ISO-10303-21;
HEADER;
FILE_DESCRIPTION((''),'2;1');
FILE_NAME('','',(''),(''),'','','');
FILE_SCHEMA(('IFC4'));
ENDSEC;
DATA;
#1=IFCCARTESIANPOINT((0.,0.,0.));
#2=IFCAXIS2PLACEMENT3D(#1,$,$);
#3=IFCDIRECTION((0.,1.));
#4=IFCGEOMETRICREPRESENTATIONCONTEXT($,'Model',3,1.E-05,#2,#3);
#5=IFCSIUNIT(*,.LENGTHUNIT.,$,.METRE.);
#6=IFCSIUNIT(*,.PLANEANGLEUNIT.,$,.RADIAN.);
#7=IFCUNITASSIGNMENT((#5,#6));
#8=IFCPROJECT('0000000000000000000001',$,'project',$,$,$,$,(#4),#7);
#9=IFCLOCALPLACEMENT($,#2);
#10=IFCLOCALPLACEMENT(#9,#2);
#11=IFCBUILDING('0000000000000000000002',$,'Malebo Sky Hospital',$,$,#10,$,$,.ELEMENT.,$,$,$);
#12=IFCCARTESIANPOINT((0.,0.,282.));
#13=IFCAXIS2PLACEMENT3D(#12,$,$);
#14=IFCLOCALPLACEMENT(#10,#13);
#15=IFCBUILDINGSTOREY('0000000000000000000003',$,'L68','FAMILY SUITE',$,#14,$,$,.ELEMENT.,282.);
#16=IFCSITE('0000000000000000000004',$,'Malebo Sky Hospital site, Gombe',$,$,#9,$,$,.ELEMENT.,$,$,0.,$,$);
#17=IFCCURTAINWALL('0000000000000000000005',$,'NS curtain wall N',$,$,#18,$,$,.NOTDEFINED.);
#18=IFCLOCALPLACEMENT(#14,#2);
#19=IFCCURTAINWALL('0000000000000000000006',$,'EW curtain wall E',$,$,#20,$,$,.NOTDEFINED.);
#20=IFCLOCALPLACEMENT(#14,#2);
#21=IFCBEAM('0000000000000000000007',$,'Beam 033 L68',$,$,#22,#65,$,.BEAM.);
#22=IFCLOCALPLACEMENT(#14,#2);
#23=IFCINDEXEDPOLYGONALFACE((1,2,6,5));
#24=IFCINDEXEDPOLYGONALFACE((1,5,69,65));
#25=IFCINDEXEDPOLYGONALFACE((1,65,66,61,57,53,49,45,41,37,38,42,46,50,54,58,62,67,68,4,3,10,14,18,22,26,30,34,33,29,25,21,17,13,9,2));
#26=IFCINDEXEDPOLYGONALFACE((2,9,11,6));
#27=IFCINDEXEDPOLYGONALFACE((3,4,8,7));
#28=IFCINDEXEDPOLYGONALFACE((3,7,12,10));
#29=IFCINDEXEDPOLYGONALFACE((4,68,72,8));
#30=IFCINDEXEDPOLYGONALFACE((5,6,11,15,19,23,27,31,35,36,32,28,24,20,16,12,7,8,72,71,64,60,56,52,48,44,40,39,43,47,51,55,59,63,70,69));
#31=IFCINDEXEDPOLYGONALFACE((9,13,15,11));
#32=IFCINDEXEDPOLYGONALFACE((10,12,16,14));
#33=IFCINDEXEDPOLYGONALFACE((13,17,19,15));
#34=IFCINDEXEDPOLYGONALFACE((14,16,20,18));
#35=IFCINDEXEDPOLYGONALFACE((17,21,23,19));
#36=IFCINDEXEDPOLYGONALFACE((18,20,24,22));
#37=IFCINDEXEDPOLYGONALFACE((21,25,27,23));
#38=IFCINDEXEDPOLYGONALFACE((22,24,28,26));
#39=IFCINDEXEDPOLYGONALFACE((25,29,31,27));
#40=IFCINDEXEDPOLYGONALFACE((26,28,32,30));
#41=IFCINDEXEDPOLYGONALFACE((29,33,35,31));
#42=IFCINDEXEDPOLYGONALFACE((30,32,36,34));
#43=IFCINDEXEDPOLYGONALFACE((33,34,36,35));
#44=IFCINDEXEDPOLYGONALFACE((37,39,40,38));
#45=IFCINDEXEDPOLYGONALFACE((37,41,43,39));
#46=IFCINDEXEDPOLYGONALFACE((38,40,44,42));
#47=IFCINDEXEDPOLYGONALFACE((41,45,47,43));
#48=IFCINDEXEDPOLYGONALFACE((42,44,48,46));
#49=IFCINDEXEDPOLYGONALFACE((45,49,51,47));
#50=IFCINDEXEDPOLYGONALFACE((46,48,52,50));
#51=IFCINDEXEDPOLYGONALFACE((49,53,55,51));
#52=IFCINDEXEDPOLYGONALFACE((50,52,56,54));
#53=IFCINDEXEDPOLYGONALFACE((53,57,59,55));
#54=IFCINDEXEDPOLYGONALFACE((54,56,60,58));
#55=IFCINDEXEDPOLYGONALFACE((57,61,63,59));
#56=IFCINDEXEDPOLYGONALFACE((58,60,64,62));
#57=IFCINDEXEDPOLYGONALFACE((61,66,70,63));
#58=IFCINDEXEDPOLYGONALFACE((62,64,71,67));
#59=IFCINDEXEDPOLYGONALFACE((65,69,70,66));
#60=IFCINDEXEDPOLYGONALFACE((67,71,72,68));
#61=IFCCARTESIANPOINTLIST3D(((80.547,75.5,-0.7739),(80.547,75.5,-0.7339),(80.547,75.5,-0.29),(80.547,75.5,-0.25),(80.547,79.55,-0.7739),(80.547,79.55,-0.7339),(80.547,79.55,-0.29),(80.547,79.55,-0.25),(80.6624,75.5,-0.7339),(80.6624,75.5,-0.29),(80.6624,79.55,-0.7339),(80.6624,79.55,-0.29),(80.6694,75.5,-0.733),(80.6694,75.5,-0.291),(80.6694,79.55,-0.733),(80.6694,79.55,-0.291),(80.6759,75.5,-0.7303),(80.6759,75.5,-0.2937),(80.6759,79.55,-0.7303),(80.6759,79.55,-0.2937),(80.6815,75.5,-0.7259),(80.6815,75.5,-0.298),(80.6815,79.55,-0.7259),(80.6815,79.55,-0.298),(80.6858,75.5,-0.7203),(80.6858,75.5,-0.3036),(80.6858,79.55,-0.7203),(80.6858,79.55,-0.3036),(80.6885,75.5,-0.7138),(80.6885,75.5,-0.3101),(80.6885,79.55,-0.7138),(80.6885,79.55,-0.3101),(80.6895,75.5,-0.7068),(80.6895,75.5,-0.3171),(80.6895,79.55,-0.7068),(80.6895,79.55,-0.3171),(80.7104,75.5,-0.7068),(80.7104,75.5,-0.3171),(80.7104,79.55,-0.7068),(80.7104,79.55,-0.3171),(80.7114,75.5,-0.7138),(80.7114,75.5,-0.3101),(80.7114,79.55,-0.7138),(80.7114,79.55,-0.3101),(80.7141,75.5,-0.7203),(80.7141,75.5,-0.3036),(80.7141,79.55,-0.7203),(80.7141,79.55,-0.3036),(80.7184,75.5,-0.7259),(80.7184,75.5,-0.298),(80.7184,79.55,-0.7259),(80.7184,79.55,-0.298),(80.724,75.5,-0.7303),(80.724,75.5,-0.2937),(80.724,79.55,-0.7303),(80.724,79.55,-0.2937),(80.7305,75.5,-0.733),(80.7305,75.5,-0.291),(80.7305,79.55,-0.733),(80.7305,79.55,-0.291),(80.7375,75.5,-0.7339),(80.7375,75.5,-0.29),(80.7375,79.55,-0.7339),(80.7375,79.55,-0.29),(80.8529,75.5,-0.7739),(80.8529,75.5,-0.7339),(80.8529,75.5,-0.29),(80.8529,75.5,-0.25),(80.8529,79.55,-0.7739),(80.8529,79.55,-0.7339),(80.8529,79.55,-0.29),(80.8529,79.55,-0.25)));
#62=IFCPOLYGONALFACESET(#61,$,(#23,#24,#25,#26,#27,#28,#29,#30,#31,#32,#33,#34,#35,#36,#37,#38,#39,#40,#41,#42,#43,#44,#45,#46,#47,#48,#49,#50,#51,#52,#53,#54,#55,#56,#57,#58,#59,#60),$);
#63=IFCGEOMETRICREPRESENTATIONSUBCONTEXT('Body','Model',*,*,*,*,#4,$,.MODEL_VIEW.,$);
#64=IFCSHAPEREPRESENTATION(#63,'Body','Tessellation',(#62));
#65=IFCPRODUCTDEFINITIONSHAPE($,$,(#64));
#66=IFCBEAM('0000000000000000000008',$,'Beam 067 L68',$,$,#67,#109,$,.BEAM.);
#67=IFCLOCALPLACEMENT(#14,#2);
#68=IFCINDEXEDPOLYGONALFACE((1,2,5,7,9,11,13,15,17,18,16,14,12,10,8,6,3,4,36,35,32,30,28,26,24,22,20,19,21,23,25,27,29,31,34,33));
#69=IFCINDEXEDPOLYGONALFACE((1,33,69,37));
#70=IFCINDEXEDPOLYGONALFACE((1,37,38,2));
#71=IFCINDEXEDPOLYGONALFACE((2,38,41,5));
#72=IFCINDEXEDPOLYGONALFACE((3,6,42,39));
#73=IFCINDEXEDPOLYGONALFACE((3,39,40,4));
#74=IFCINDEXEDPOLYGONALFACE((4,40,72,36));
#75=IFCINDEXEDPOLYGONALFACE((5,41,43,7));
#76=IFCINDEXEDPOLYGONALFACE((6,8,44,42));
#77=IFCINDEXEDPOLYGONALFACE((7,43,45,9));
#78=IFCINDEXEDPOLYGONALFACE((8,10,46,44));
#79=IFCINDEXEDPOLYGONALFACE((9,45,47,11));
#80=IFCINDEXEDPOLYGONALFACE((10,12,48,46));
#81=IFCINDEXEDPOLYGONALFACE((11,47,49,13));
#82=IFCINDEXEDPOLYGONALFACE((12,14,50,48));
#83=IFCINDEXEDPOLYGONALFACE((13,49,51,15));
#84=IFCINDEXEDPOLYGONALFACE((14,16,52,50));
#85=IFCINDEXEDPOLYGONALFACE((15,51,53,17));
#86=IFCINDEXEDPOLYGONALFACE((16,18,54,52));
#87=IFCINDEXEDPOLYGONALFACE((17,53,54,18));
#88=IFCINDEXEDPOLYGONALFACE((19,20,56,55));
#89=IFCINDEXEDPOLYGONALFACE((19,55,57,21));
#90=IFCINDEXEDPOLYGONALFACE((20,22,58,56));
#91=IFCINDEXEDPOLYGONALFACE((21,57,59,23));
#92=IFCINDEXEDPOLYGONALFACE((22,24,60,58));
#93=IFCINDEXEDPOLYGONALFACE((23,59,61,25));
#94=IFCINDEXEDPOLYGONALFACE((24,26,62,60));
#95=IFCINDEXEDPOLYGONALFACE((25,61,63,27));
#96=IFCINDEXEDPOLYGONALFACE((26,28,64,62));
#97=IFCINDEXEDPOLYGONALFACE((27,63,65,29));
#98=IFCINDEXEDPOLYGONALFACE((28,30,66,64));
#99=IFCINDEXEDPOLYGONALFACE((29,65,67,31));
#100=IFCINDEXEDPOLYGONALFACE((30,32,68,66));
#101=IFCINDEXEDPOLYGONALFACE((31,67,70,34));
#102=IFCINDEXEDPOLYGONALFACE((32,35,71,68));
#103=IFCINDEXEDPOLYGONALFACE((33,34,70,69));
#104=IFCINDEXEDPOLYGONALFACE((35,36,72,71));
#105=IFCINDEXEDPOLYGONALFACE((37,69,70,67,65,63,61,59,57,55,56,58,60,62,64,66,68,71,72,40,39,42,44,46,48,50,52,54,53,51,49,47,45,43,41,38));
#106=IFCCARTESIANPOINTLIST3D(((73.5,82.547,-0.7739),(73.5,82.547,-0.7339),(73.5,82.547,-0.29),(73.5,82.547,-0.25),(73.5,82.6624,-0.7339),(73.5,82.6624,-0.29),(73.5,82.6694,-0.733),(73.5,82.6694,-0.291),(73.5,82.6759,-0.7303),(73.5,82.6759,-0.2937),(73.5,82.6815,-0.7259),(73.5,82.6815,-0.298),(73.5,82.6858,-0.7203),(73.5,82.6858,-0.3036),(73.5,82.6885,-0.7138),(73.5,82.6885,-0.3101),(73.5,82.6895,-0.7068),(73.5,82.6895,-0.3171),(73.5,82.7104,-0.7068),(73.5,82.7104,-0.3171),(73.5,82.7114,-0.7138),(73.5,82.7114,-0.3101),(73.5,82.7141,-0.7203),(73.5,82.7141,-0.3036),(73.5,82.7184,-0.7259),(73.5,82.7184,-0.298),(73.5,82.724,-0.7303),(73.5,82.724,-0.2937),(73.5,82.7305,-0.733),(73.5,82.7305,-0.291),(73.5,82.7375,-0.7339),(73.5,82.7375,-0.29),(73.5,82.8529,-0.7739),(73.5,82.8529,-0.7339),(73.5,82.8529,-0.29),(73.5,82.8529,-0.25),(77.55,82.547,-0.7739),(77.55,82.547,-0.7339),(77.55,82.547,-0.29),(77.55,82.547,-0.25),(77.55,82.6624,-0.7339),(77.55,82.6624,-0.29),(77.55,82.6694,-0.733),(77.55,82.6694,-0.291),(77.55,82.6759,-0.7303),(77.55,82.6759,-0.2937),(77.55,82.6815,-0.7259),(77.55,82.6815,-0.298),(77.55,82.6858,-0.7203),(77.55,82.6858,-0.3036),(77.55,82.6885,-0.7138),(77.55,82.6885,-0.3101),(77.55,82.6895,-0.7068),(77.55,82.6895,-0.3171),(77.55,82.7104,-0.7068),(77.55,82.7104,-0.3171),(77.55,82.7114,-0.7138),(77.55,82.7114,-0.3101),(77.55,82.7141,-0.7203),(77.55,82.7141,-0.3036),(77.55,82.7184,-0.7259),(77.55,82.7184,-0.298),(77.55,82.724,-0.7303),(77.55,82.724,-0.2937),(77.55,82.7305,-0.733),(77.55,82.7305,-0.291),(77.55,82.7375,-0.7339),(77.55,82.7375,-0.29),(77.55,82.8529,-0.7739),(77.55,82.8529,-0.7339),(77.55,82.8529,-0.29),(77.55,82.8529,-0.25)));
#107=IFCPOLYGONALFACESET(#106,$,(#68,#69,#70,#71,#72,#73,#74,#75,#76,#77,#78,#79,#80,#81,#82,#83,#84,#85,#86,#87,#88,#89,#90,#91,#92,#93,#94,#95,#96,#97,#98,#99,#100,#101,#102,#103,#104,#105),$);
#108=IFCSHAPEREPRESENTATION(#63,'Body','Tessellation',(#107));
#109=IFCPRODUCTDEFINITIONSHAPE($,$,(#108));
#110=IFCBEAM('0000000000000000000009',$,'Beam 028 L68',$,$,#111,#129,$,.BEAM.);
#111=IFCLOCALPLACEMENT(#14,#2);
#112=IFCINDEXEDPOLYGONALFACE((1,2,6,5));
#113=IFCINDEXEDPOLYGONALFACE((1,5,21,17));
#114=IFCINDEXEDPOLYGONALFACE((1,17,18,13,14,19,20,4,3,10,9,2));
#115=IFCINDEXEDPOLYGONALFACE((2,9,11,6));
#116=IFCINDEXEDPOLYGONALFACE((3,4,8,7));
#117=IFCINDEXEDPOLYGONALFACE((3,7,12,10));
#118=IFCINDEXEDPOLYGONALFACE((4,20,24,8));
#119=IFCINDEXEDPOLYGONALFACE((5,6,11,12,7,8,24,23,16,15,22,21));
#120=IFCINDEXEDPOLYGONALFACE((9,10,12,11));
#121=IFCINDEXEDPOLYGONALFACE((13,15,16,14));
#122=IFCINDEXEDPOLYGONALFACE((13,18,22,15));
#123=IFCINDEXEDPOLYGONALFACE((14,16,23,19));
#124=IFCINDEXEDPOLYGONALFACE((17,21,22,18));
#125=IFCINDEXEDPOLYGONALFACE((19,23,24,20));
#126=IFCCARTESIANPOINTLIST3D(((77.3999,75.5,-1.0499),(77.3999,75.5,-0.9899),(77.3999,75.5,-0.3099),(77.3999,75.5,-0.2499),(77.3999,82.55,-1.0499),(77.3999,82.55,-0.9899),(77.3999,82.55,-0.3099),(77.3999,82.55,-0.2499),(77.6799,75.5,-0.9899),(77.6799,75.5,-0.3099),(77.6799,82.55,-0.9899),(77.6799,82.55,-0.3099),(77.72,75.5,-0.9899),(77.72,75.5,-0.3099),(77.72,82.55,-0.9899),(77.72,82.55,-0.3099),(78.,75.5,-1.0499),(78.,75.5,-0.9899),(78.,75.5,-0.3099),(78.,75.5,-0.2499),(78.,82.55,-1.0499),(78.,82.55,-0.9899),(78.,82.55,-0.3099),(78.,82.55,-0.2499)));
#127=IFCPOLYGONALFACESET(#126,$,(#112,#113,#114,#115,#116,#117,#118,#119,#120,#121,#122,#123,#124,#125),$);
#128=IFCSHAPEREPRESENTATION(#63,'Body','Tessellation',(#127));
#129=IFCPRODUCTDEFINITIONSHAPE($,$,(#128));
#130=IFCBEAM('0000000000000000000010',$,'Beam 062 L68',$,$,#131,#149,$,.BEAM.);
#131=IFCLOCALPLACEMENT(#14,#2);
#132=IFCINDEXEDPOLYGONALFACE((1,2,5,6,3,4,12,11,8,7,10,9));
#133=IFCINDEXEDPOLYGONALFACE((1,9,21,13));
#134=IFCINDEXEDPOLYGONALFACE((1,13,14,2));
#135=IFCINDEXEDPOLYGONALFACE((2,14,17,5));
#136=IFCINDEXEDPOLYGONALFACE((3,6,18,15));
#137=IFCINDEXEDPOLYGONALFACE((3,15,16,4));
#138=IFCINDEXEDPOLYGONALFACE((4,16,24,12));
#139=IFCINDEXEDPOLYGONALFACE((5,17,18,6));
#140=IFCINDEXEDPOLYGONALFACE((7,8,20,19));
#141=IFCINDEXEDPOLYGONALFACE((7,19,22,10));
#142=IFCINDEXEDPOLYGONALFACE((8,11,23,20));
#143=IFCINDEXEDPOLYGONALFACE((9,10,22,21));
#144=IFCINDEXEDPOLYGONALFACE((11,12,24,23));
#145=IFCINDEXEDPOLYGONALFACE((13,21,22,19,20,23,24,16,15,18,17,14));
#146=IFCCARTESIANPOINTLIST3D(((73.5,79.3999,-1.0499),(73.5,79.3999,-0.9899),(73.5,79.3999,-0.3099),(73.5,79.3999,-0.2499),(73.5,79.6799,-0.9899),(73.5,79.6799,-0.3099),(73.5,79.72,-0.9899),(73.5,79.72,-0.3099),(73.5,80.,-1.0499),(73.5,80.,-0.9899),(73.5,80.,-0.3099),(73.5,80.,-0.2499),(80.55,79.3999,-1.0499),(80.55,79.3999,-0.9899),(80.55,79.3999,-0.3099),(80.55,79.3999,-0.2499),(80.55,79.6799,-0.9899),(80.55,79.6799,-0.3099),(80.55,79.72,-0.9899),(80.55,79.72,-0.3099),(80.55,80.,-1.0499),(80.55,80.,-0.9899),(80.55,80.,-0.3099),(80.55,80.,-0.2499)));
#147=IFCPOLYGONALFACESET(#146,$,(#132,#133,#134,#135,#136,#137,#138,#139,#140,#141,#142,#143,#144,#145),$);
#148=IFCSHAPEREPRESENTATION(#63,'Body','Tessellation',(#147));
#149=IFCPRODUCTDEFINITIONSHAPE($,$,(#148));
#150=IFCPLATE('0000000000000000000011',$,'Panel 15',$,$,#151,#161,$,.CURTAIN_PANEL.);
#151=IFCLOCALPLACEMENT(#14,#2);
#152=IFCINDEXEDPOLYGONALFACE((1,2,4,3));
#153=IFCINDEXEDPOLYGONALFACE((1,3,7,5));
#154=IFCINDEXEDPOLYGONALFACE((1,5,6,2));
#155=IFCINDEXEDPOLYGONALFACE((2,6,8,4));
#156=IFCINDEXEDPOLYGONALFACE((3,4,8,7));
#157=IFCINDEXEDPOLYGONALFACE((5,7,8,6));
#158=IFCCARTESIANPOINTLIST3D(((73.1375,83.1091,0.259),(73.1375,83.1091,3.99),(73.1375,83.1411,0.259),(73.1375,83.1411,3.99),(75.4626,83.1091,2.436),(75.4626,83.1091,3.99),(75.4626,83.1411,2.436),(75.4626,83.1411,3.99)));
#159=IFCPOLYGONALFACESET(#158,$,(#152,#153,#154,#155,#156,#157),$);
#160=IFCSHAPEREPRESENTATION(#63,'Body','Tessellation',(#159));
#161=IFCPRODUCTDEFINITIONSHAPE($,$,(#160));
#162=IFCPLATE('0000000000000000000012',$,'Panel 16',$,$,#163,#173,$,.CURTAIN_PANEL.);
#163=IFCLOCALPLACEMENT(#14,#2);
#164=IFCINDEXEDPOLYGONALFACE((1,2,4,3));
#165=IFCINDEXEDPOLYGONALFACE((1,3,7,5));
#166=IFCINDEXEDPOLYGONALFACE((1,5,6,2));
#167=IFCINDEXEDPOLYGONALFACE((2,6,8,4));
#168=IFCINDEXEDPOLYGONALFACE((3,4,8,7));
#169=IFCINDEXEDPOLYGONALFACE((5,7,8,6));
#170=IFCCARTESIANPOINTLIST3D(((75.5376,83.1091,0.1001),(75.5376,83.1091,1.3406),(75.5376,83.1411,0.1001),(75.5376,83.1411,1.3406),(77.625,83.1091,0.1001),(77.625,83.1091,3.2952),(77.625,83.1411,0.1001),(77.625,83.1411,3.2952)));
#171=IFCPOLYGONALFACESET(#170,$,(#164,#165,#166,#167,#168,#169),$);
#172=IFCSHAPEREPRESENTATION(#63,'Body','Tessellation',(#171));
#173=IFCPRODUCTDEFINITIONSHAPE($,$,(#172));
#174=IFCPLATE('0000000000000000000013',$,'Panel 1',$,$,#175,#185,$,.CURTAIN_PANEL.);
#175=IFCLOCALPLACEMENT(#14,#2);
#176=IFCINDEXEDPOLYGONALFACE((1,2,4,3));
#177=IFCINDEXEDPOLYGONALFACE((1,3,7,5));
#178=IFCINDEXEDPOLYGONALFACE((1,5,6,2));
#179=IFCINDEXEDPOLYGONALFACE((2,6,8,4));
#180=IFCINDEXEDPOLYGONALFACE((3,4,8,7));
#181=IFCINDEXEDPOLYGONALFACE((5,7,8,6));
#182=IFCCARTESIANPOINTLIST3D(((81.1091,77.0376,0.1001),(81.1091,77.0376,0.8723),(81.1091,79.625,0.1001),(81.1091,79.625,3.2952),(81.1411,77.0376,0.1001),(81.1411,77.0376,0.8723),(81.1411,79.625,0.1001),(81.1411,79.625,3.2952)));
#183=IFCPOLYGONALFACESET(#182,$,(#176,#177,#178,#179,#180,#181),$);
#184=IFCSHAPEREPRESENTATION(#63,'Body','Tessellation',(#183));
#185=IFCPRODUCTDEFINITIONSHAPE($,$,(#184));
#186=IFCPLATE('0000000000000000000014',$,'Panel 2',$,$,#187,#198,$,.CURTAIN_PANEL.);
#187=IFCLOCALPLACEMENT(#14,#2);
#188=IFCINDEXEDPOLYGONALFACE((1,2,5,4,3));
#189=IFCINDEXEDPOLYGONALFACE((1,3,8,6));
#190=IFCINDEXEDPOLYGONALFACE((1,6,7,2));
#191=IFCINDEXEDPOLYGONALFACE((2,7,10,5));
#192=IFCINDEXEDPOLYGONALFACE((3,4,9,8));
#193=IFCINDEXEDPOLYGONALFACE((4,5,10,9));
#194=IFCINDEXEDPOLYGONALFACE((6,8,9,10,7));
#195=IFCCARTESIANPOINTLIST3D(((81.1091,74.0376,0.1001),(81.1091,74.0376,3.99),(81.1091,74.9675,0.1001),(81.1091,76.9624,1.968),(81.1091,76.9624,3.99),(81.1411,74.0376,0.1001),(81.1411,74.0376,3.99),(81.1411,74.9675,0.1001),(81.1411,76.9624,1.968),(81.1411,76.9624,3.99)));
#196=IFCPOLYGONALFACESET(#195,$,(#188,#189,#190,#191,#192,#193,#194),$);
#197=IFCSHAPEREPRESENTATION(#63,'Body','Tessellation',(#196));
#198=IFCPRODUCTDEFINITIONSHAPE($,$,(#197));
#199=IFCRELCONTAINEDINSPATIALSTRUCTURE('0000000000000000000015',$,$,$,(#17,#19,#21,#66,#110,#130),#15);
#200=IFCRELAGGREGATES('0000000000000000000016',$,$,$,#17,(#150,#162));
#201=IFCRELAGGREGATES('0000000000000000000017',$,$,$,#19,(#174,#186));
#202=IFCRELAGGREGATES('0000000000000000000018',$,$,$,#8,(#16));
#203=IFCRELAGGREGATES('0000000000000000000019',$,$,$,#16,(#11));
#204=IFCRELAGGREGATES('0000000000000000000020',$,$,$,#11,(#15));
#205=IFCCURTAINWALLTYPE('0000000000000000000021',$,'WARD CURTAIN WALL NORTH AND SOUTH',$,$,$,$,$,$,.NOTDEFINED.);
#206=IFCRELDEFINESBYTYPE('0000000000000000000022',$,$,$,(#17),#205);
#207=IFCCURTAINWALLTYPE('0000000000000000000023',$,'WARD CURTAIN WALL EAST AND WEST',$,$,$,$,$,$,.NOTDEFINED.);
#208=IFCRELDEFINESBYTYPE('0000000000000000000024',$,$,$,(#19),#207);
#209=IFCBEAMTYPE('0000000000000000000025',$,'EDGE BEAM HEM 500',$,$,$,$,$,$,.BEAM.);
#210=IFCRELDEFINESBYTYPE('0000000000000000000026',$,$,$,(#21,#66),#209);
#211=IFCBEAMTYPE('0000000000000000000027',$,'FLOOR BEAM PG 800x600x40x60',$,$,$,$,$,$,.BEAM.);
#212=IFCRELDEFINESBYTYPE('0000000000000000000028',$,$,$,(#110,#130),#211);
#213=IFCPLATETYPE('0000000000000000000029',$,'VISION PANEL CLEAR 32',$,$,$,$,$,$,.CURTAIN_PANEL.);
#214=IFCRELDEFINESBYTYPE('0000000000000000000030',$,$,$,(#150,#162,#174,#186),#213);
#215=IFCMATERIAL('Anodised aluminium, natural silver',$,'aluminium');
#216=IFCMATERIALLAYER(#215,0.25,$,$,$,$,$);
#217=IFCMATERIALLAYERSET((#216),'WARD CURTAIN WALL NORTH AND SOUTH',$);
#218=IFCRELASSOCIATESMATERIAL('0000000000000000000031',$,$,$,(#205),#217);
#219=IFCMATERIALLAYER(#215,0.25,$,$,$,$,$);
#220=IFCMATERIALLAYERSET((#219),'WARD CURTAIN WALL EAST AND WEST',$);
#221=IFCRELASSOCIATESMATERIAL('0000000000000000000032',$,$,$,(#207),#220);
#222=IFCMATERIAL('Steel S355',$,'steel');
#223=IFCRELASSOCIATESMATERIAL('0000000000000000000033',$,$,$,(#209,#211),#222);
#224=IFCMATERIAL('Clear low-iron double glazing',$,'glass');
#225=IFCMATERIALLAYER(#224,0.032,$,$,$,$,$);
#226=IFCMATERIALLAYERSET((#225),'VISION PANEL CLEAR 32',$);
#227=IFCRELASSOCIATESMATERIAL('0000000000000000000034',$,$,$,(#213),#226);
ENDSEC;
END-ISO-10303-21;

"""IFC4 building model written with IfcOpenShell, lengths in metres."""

from ifc_helpers import new_model, si_unit, direction, frame, origin, origin_2d, place, context, subcontext, project, spatial, polyline, i_section, outline, extrude, material, layer, layer_set, material_profile, profile_set, type_object, element, aggregate, save


model = new_model("IFC4")

# Units and contexts
model_context = context("Model", 3, precision=1e-05, world=origin(), true_north=direction((0.0, 1.0)))
body_context = subcontext(model_context, "Body", "Model", "MODEL_VIEW")
ifc_project = project(units=[si_unit("LENGTHUNIT", "METRE"), si_unit("PLANEANGLEUNIT", "RADIAN")], contexts=[model_context])

# Site, building, storey
site_placement = place(None, origin())
site = spatial("IfcSite", under=ifc_project, at=site_placement, Name="Malebo Sky Hospital site, Gombe", CompositionType="ELEMENT", RefElevation=0.0)
building_placement = place(site_placement, origin())
building = spatial("IfcBuilding", under=site, at=building_placement, Name="Malebo Sky Hospital", CompositionType="ELEMENT")
storey_placement = place(building_placement, frame((0.0, 0.0, 282.0)))
storey = spatial("IfcBuildingStorey", under=building, at=storey_placement, Name="L68", Description="FAMILY SUITE", CompositionType="ELEMENT", Elevation=282.0)

# Curtain wall
ifc_material_1 = material(Name="Anodised aluminium, natural silver", Category="aluminium")
ifc_layer_1 = layer(ifc_material_1, 0.25)
ifc_layer_set_1 = layer_set([ifc_layer_1], Name="WARD CURTAIN WALL NORTH AND SOUTH")
curtain_wall_type_1 = type_object("IfcCurtainWallType", Name="WARD CURTAIN WALL NORTH AND SOUTH", PredefinedType="NOTDEFINED", material=ifc_layer_set_1)
curtain_wall_1_placement = place(storey_placement, origin())
curtain_wall_1 = element("IfcCurtainWall", 1, at=curtain_wall_1_placement, inside=storey, type_object=curtain_wall_type_1, Name="NS curtain wall N", PredefinedType="NOTDEFINED")

# Curtain wall
ifc_layer_2 = layer(ifc_material_1, 0.25)
ifc_layer_set_2 = layer_set([ifc_layer_2], Name="WARD CURTAIN WALL EAST AND WEST")
curtain_wall_type_2 = type_object("IfcCurtainWallType", Name="WARD CURTAIN WALL EAST AND WEST", PredefinedType="NOTDEFINED", material=ifc_layer_set_2)
curtain_wall_2_placement = place(storey_placement, origin())
curtain_wall_2 = element("IfcCurtainWall", 2, at=curtain_wall_2_placement, inside=storey, type_object=curtain_wall_type_2, Name="EW curtain wall E", PredefinedType="NOTDEFINED")

# Beams
ifc_material_2 = material(Name="Steel S355", Category="steel")
ifc_material_profile_1 = material_profile(ifc_material_2, i_section(OverallWidth=0.3059, OverallDepth=0.5239, WebThickness=0.021, FlangeThickness=0.04, FilletRadius=0.0271, at=origin_2d()), Name="HEM 500")
ifc_profile_set_1 = profile_set([ifc_material_profile_1], Name="Steel S355")
beam_type_1 = type_object("IfcBeamType", Name="EDGE BEAM HEM 500", PredefinedType="BEAM", material=ifc_profile_set_1)
for number, where, z_axis, x_axis, name in (
    (3, (80.7, 75.5, -0.512), (0.0, 1.0, 0.0), (-1.0, 0.0, 0.0), "Beam 033 L68"),
    (4, (73.5, 82.7, -0.512), (1.0, 0.0, 0.0), (0.0, 1.0, 0.0), "Beam 067 L68"),
):
    element("IfcBeam", number, at=place(storey_placement, frame(where, z_axis=z_axis, x_axis=x_axis)), inside=storey, type_object=beam_type_1, Name=name, PredefinedType="BEAM", context=body_context, shape_type="SweptSolid", body=[
        extrude(i_section(OverallWidth=0.3059, OverallDepth=0.5239, WebThickness=0.021, FlangeThickness=0.04, FilletRadius=0.0271, at=origin_2d()), origin(), (0.0, 0.0, 1.0), 4.05),
    ])
ifc_material_profile_2 = material_profile(ifc_material_2, i_section(OverallWidth=0.6001, OverallDepth=0.8, WebThickness=0.04, FlangeThickness=0.0601, at=origin_2d()), Name="PG 800x600x40x60")
ifc_profile_set_2 = profile_set([ifc_material_profile_2], Name="Steel S355")
beam_type_2 = type_object("IfcBeamType", Name="FLOOR BEAM PG 800x600x40x60", PredefinedType="BEAM", material=ifc_profile_set_2)
for number, where, z_axis, x_axis, name in (
    (5, (77.7, 75.5, -0.6499), (0.0, 1.0, 0.0), (-1.0, 0.0, 0.0), "Beam 028 L68"),
    (6, (73.5, 79.7, -0.6499), (1.0, 0.0, 0.0), (0.0, 1.0, 0.0), "Beam 062 L68"),
):
    element("IfcBeam", number, at=place(storey_placement, frame(where, z_axis=z_axis, x_axis=x_axis)), inside=storey, type_object=beam_type_2, Name=name, PredefinedType="BEAM", context=body_context, shape_type="SweptSolid", body=[
        extrude(i_section(OverallWidth=0.6001, OverallDepth=0.8, WebThickness=0.04, FlangeThickness=0.0601, at=origin_2d()), origin(), (0.0, 0.0, 1.0), 7.05),
    ])

# Plates
ifc_material_3 = material(Name="Clear low-iron double glazing", Category="glass")
ifc_layer_3 = layer(ifc_material_3, 0.032)
ifc_layer_set_3 = layer_set([ifc_layer_3], Name="VISION PANEL CLEAR 32")
plate_type = type_object("IfcPlateType", Name="VISION PANEL CLEAR 32", PredefinedType="CURTAIN_PANEL", material=ifc_layer_set_3)
plate_1_placement = place(storey_placement, frame((74.3, 83.125, 0.259), z_axis=(0.0, 0.0, 1.0), x_axis=(1.0, 0.0, 0.0)))
plate_1 = element("IfcPlate", 7, at=plate_1_placement, type_object=plate_type, Name="Panel 15", PredefinedType="CURTAIN_PANEL", context=body_context, shape_type="SweptSolid", body=[
    extrude(outline(polyline([(-1.1626, 0.0), (1.1626, 2.177), (1.1626, 3.731), (-1.1626, 3.731), (-1.1626, 0.0)])), frame((0.0, 0.0161, 0.0), z_axis=(0.0, -1.0, 0.0), x_axis=(1.0, 0.0, 0.0)), (0.0, 0.0, 1.0), 0.032),
])
plate_2_placement = place(storey_placement, frame((76.5813, 83.125, 0.1001), z_axis=(0.0, 0.0, 1.0), x_axis=(1.0, 0.0, 0.0)))
plate_2 = element("IfcPlate", 8, at=plate_2_placement, type_object=plate_type, Name="Panel 16", PredefinedType="CURTAIN_PANEL", context=body_context, shape_type="SweptSolid", body=[
    extrude(outline(polyline([(-1.0437, 0.0), (1.0437, 0.0), (1.0437, 3.1951), (-1.0437, 1.2405), (-1.0437, 0.0)])), frame((0.0, 0.0161, 0.0), z_axis=(0.0, -1.0, 0.0), x_axis=(1.0, 0.0, 0.0)), (0.0, 0.0, 1.0), 0.032),
])
aggregate(curtain_wall_1, [plate_1, plate_2])
plate_3_placement = place(storey_placement, frame((81.125, 78.3313, 0.1001), z_axis=(0.0, 0.0, 1.0), x_axis=(0.0, -1.0, 0.0)))
plate_3 = element("IfcPlate", 9, at=plate_3_placement, type_object=plate_type, Name="Panel 1", PredefinedType="CURTAIN_PANEL", context=body_context, shape_type="SweptSolid", body=[
    extrude(outline(polyline([(-1.2937, 0.0), (1.2937, 0.0), (1.2937, 0.7722), (-1.2937, 3.1951), (-1.2937, 0.0)])), frame((0.0, 0.0161, 0.0), z_axis=(0.0, -1.0, 0.0), x_axis=(1.0, 0.0, 0.0)), (0.0, 0.0, 1.0), 0.032),
])
plate_4_placement = place(storey_placement, frame((81.125, 75.5, 0.1001), z_axis=(0.0, 0.0, 1.0), x_axis=(0.0, -1.0, 0.0)))
plate_4 = element("IfcPlate", 10, at=plate_4_placement, type_object=plate_type, Name="Panel 2", PredefinedType="CURTAIN_PANEL", context=body_context, shape_type="SweptSolid", body=[
    extrude(outline(polyline([(0.5325, 0.0), (1.4624, 0.0), (1.4624, 3.8899), (-1.4624, 3.8899), (-1.4624, 1.8679), (0.5325, 0.0)])), frame((0.0, 0.0161, 0.0), z_axis=(0.0, -1.0, 0.0), x_axis=(1.0, 0.0, 0.0)), (0.0, 0.0, 1.0), 0.032),
])
aggregate(curtain_wall_2, [plate_3, plate_4])

save(model, "model.ifc")
